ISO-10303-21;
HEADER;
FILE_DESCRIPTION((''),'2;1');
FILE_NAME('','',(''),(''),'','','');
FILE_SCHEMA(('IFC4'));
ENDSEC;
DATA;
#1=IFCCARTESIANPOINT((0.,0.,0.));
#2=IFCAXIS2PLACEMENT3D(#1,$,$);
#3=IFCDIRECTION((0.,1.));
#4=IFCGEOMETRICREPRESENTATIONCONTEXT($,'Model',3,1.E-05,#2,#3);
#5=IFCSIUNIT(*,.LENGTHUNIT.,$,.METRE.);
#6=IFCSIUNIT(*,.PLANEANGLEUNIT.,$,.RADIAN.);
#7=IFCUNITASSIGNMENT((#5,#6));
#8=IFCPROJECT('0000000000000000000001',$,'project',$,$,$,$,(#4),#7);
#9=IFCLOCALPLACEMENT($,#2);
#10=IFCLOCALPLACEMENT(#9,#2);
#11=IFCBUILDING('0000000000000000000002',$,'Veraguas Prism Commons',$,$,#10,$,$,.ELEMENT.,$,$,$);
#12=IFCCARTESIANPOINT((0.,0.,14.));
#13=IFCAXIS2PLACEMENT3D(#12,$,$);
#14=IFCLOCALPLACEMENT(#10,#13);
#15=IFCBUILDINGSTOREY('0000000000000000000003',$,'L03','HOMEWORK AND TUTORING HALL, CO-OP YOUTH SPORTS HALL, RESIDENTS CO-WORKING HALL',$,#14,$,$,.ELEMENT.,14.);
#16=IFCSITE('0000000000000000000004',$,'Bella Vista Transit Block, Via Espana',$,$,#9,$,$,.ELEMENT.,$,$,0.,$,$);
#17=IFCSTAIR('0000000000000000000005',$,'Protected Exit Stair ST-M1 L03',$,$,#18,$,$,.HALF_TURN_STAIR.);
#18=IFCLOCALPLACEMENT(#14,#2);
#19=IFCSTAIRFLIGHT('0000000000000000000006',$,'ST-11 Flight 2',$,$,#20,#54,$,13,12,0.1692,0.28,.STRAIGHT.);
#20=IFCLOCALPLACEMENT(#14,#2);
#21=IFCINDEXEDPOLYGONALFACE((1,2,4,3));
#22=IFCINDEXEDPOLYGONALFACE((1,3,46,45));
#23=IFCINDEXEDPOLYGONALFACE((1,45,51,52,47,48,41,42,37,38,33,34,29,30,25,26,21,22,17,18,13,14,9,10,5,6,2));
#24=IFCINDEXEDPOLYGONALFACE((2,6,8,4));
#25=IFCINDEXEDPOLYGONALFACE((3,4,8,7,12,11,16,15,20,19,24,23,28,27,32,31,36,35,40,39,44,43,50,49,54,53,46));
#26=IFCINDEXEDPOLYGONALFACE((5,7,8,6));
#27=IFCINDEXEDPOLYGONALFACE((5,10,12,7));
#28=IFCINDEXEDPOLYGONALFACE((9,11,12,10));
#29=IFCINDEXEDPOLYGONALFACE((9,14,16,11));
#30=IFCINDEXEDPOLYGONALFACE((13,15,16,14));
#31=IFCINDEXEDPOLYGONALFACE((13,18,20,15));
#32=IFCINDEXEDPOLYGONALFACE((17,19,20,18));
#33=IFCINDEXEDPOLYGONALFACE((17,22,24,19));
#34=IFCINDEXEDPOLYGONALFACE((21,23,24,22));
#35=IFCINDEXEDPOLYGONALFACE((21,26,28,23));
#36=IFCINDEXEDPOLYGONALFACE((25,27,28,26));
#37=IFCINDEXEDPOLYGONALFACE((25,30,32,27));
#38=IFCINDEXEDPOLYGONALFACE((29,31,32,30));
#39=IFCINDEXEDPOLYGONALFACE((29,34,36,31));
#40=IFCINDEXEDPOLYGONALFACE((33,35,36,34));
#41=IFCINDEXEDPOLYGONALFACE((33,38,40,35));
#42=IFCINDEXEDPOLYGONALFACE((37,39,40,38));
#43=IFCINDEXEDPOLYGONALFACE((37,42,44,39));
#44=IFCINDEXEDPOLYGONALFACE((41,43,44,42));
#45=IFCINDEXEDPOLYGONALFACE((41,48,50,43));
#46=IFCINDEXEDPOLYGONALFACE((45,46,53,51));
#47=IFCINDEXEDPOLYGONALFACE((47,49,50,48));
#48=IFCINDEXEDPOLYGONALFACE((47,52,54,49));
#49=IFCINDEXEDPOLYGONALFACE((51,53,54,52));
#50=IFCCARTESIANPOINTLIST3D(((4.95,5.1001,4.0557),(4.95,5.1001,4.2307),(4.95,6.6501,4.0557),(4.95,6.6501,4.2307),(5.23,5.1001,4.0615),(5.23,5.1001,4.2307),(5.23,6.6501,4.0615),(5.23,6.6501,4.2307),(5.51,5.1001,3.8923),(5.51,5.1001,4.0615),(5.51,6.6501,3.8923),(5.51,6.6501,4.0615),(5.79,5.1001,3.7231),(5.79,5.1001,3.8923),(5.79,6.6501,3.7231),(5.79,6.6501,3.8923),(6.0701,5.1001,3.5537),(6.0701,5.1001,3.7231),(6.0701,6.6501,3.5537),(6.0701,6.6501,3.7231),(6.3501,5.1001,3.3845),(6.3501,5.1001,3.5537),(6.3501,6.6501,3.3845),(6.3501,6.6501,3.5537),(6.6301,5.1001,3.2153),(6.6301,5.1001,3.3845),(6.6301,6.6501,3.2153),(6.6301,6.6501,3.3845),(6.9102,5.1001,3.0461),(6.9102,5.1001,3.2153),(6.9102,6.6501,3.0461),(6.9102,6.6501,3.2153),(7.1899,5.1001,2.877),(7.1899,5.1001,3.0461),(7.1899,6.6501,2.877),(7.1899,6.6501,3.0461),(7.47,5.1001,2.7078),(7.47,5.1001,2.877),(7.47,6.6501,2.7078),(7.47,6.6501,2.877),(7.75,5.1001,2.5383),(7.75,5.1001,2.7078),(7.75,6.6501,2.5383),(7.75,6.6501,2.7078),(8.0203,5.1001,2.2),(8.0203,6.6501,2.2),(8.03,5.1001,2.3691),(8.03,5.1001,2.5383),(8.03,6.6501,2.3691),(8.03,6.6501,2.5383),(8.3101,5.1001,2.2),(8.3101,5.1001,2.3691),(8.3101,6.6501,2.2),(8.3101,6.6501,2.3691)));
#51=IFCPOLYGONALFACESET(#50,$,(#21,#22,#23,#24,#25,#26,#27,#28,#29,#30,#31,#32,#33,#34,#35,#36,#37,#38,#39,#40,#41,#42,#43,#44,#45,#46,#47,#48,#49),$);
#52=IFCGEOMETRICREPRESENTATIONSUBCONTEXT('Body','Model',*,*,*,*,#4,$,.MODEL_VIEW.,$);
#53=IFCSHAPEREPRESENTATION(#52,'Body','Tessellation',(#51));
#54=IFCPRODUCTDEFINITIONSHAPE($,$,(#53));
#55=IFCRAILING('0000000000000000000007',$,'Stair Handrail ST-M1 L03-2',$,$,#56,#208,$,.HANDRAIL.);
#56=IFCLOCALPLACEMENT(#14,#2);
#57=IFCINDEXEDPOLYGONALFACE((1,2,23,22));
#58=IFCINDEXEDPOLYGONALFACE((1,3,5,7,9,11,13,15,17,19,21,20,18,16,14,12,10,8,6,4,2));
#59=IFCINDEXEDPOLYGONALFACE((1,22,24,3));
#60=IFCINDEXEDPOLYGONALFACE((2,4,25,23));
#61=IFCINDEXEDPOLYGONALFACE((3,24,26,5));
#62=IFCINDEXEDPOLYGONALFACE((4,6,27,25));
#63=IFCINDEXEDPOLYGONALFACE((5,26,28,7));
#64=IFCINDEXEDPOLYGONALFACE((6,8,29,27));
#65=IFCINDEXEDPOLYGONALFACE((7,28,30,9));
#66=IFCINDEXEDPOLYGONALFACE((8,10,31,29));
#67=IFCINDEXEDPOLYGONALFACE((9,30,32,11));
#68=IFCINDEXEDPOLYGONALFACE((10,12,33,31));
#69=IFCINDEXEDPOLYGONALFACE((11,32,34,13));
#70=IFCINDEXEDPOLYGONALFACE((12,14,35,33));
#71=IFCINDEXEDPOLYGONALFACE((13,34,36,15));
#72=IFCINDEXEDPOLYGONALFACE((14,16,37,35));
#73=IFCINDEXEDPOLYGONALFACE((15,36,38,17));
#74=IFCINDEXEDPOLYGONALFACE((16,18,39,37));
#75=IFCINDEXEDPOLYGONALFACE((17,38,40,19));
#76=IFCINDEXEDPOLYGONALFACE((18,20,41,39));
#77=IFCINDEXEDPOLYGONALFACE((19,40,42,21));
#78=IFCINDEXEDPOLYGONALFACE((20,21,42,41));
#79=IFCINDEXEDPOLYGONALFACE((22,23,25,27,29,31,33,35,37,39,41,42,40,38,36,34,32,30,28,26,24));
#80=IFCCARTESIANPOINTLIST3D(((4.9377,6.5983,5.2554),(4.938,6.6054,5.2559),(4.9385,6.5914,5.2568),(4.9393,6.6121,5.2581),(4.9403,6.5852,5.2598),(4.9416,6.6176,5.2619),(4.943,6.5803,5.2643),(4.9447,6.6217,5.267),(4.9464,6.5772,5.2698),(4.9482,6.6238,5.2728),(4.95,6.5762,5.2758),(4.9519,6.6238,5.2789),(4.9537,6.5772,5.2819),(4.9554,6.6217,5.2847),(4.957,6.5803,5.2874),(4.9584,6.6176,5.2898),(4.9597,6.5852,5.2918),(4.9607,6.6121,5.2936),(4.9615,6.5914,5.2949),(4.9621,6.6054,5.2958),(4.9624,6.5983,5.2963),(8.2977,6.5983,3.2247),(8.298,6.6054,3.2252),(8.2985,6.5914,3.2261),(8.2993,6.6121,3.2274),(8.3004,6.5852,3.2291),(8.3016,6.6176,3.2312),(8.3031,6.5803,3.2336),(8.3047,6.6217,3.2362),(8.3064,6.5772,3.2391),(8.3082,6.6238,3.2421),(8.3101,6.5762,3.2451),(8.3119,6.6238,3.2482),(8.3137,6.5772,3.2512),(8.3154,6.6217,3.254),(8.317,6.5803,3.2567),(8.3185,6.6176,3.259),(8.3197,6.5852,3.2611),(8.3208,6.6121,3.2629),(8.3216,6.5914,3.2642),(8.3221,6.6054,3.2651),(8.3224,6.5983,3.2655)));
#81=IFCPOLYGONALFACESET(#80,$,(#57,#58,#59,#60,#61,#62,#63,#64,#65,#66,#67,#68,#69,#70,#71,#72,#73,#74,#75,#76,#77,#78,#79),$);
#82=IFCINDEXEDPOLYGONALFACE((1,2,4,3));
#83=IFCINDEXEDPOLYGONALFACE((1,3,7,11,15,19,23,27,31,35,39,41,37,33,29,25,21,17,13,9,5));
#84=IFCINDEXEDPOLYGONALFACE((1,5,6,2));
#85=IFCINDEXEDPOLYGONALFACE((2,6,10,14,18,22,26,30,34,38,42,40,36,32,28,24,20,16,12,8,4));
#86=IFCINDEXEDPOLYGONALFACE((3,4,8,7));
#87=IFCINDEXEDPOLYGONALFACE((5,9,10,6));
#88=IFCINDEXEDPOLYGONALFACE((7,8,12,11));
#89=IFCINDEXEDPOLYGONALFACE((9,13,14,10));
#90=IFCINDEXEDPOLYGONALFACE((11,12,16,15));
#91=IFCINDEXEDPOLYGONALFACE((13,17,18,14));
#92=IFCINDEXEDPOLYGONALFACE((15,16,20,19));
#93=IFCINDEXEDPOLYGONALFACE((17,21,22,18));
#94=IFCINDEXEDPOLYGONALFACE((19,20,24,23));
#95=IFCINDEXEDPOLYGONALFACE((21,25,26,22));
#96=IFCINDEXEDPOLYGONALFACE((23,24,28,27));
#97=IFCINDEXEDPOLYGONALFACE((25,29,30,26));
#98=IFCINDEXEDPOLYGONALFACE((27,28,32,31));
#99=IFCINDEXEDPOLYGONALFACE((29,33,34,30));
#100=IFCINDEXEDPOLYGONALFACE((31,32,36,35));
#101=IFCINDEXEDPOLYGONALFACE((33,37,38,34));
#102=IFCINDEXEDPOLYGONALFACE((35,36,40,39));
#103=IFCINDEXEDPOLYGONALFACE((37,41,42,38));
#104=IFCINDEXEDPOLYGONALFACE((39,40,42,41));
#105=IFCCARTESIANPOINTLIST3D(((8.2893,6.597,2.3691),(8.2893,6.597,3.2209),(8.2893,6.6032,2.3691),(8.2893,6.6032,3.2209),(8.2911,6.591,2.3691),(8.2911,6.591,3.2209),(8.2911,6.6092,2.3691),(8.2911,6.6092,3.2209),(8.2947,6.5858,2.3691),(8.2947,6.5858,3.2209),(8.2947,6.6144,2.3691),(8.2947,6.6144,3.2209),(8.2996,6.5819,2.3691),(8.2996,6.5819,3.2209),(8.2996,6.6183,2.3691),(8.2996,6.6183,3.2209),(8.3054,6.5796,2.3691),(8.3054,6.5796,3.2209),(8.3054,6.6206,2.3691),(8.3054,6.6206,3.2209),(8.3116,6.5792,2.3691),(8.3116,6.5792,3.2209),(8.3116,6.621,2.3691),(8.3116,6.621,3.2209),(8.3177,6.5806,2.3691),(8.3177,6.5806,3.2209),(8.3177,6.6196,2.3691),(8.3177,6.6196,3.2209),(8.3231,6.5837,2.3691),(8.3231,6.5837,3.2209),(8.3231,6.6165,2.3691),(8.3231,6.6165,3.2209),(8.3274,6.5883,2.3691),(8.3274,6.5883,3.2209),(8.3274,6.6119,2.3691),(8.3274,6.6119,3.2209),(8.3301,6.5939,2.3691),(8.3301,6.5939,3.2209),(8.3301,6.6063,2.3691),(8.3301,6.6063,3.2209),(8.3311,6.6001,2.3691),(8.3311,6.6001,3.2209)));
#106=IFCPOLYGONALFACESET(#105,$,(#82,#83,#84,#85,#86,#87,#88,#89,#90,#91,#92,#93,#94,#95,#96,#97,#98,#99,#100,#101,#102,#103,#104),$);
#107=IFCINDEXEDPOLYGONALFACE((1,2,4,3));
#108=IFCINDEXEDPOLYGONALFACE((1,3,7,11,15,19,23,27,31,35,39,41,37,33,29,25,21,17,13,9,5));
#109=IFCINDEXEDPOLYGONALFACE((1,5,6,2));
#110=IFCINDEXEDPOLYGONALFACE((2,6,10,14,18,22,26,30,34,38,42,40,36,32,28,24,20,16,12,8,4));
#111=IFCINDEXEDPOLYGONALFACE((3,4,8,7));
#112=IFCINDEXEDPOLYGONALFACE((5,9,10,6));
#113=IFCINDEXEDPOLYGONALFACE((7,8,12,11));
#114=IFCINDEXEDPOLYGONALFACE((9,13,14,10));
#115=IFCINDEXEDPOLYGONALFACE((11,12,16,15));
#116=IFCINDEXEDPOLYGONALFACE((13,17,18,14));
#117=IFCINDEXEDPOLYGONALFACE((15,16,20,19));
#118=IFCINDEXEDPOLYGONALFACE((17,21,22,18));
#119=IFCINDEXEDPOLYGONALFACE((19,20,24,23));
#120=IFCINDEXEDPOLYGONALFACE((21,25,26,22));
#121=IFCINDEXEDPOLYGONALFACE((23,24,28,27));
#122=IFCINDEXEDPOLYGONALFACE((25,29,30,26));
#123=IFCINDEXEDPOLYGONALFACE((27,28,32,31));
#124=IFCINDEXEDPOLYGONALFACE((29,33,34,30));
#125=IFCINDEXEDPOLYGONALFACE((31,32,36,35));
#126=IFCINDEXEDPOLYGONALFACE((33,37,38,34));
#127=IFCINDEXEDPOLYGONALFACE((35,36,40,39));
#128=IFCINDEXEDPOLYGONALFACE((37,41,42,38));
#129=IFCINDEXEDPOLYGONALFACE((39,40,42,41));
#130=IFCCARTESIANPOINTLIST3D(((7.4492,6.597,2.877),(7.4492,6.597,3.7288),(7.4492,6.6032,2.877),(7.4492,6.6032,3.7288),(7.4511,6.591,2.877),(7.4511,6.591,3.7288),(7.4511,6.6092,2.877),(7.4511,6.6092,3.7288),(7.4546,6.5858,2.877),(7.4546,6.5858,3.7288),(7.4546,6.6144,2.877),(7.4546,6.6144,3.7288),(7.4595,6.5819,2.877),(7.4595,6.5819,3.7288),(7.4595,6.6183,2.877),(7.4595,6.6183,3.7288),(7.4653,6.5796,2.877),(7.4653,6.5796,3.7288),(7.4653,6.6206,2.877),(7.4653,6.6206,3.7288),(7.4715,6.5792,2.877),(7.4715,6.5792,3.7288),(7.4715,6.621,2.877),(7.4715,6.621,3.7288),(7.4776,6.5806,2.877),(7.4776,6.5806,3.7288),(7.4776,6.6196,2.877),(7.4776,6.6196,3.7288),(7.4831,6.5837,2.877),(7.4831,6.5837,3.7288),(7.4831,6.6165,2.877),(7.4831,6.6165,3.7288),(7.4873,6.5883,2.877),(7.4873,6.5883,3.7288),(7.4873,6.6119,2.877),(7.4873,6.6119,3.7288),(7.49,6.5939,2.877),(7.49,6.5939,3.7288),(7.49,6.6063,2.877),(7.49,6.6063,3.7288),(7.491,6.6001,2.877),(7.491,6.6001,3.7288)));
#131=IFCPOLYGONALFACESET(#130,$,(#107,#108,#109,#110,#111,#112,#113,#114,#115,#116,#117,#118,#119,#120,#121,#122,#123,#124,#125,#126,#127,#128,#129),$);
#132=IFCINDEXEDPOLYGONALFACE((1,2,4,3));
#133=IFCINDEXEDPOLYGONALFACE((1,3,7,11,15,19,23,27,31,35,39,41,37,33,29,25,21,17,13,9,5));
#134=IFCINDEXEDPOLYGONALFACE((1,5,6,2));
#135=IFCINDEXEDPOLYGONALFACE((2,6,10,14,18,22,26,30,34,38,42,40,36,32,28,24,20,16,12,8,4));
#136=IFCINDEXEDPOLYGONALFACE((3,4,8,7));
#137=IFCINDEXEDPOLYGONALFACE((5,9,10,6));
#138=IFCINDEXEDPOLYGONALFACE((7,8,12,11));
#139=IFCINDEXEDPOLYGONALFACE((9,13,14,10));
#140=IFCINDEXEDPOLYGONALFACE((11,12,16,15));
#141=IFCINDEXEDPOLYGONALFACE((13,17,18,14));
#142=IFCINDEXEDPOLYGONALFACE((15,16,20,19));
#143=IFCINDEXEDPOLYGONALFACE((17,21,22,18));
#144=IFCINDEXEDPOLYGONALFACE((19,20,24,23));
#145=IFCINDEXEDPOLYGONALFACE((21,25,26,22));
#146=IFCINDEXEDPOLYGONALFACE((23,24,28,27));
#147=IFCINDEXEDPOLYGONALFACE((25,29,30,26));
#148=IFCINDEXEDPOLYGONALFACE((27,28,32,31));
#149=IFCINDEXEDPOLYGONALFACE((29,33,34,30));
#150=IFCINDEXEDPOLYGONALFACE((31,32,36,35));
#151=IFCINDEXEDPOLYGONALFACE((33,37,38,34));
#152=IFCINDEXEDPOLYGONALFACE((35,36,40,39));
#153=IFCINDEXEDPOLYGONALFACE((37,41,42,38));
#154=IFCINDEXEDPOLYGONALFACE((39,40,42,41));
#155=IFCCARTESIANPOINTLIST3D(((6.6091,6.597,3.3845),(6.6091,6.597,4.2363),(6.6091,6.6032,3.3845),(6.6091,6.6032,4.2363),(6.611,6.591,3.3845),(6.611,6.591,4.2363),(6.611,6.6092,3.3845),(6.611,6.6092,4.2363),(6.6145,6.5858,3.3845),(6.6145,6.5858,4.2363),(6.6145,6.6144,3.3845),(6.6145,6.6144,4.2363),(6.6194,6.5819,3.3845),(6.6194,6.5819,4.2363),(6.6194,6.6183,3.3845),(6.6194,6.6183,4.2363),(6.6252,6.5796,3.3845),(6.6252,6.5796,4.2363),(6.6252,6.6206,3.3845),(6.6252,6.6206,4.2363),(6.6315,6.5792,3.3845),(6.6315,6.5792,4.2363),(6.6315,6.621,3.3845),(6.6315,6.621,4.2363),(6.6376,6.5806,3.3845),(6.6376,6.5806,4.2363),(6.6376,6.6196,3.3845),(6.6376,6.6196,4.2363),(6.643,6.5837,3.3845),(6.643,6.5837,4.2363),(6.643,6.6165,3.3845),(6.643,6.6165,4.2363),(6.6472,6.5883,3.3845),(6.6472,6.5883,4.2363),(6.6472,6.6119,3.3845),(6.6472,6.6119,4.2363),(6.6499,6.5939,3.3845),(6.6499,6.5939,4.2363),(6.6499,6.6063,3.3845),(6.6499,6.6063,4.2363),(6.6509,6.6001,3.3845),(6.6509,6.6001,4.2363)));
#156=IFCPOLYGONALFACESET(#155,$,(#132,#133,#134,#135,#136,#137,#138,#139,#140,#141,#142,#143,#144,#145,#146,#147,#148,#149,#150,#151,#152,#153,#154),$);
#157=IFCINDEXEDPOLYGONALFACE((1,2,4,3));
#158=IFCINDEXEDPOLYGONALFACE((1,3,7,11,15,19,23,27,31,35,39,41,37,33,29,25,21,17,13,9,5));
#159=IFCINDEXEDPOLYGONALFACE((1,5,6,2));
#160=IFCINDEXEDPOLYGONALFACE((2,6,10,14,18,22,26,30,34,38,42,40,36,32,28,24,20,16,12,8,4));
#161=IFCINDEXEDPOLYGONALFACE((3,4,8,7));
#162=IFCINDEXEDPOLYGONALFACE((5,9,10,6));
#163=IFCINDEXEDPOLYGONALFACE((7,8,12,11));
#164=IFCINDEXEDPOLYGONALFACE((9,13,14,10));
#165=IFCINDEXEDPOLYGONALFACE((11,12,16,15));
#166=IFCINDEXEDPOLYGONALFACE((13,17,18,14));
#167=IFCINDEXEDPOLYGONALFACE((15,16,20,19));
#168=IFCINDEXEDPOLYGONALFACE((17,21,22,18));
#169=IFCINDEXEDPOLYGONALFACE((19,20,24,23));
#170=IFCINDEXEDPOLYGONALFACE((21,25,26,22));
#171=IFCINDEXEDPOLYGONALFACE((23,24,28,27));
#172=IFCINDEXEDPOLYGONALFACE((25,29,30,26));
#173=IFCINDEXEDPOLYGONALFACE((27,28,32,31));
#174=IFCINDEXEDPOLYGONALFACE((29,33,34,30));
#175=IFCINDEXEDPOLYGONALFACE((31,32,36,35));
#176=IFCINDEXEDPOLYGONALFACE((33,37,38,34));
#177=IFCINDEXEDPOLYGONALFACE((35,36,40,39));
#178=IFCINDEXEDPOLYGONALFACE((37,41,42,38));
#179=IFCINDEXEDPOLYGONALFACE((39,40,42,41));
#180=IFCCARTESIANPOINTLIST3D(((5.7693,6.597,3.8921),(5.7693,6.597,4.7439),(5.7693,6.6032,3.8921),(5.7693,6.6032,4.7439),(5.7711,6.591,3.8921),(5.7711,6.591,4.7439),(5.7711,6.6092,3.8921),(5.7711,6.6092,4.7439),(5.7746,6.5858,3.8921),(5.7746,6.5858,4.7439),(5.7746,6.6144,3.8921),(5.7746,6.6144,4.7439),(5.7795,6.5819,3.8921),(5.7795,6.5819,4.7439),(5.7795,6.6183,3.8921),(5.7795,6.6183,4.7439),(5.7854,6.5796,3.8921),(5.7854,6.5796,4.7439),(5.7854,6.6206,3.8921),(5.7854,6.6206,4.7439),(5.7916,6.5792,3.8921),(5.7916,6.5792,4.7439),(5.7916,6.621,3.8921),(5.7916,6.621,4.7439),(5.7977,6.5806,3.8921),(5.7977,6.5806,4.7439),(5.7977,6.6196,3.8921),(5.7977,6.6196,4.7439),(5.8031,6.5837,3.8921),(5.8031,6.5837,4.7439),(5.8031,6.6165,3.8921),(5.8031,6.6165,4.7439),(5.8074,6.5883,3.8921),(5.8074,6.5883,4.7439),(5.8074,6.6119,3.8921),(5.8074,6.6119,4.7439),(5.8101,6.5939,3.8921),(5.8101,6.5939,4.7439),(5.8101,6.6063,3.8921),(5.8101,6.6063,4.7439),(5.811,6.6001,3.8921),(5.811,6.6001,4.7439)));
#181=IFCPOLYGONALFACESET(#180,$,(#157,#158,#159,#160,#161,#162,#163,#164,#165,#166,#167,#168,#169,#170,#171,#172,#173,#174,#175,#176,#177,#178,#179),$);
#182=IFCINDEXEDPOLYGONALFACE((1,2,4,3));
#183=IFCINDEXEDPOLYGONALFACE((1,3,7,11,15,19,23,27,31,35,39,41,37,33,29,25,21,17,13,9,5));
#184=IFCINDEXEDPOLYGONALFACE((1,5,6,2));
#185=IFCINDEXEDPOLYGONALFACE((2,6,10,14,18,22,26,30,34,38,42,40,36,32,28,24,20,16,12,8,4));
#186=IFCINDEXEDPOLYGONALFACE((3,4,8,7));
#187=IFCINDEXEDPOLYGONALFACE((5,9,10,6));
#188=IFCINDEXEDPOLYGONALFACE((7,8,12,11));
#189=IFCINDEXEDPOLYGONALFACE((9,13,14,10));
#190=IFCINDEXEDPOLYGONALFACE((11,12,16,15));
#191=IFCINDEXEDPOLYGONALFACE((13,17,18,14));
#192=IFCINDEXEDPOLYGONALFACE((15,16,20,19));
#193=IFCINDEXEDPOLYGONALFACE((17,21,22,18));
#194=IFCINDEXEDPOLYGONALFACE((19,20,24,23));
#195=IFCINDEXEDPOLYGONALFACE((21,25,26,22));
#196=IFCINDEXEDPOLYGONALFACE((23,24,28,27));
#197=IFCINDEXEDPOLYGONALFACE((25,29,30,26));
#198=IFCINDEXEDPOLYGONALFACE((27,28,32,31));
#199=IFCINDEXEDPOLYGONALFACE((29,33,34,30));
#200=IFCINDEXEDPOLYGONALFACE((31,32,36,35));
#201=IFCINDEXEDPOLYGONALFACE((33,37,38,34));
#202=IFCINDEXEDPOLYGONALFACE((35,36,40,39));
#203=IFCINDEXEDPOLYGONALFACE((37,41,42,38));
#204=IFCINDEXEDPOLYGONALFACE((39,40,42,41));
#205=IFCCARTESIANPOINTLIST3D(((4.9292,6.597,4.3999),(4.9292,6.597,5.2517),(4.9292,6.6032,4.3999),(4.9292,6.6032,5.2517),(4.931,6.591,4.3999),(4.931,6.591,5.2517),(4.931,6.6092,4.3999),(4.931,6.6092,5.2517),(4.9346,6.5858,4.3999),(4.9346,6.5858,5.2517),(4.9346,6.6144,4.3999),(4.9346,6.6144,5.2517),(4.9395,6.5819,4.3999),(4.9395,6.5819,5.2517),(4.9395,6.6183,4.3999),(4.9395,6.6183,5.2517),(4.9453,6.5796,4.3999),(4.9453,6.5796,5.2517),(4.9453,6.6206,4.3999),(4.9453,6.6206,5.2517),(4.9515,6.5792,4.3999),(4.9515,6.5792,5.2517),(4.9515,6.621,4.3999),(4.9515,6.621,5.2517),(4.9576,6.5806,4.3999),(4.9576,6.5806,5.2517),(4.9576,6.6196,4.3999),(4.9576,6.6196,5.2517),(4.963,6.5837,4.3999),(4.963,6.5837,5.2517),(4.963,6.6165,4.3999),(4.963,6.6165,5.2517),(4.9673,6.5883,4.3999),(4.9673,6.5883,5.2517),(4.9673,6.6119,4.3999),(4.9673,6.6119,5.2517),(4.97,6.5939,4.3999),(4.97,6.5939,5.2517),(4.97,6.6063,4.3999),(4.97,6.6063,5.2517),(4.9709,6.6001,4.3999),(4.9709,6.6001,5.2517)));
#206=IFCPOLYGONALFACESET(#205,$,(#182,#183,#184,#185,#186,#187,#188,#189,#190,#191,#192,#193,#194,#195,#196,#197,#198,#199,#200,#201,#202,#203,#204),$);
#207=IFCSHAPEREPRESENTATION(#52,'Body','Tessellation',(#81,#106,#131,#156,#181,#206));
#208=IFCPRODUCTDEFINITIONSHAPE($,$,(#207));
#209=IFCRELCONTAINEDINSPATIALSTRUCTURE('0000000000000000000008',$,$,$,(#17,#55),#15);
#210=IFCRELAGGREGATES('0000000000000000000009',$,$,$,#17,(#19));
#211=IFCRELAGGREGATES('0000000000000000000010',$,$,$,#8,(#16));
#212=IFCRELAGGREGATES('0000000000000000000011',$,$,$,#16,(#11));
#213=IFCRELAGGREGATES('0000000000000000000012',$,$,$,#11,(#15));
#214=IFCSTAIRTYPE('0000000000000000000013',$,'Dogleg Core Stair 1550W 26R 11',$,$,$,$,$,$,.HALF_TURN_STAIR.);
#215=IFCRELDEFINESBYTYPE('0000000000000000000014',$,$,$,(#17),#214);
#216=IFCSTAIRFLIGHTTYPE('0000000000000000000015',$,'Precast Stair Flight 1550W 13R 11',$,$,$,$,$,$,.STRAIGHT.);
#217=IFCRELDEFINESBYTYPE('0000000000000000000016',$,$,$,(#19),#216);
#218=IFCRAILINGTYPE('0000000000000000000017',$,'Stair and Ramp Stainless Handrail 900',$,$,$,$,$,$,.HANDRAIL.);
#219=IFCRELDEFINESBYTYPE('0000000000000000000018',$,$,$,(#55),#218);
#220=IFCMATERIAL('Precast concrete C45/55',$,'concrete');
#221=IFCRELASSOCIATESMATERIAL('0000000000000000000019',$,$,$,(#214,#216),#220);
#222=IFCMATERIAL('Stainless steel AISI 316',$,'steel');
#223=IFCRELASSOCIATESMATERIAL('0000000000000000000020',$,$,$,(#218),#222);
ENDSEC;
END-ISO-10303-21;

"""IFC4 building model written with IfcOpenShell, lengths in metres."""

from ifc_helpers import new_model, si_unit, direction, frame, origin, origin_2d, place, context, subcontext, project, spatial, polyline, circle, outline, extrude, material, type_object, element, aggregate, save


model = new_model("IFC4")

# Units and contexts
model_context = context("Model", 3, precision=1e-05, world=origin(), true_north=direction((0.0, 1.0)))
body_context = subcontext(model_context, "Body", "Model", "MODEL_VIEW")
ifc_project = project(units=[si_unit("LENGTHUNIT", "METRE"), si_unit("PLANEANGLEUNIT", "RADIAN")], contexts=[model_context])

# Site, building, storey
site_placement = place(None, origin())
site = spatial("IfcSite", under=ifc_project, at=site_placement, Name="Bella Vista Transit Block, Via Espana", CompositionType="ELEMENT", RefElevation=0.0)
building_placement = place(site_placement, origin())
building = spatial("IfcBuilding", under=site, at=building_placement, Name="Veraguas Prism Commons", CompositionType="ELEMENT")
storey_placement = place(building_placement, frame((0.0, 0.0, 14.0)))
storey = spatial("IfcBuildingStorey", under=building, at=storey_placement, Name="L03", Description="HOMEWORK AND TUTORING HALL, CO-OP YOUTH SPORTS HALL, RESIDENTS CO-WORKING HALL", CompositionType="ELEMENT", Elevation=14.0)

# Stair, stair flight
ifc_material_1 = material(Name="Precast concrete C45/55", Category="concrete")
stair_type = type_object("IfcStairType", Name="Dogleg Core Stair 1550W 26R 11", PredefinedType="HALF_TURN_STAIR", material=ifc_material_1)
stair_placement = place(storey_placement, origin())
stair = element("IfcStair", 1, at=stair_placement, inside=storey, type_object=stair_type, Name="Protected Exit Stair ST-M1 L03", PredefinedType="HALF_TURN_STAIR")
stair_flight_type = type_object("IfcStairFlightType", Name="Precast Stair Flight 1550W 13R 11", PredefinedType="STRAIGHT", material=ifc_material_1)
stair_flight_placement = place(storey_placement, frame((8.3101, 5.875, 2.2), z_axis=(0.0, 0.0, 1.0), x_axis=(-1.0, 0.0, 0.0)))
stair_flight = element("IfcStairFlight", 2, at=stair_flight_placement, type_object=stair_flight_type, Name="ST-11 Flight 2", NumberOfRisers=13, NumberOfTreads=12, PredefinedType="STRAIGHT", RiserHeight=0.1692, TreadLength=0.28, context=body_context, shape_type="SweptSolid", body=[
    extrude(outline(polyline([(0.0, 0.0), (0.0, 0.1692), (0.28, 0.1692), (0.28, 0.3384), (0.5601, 0.3384), (0.5601, 0.5078), (0.8401, 0.5078), (0.8401, 0.677), (1.1201, 0.677), (1.1201, 0.8462), (1.3999, 0.8462), (1.3999, 1.0154), (1.6799, 1.0154), (1.6799, 1.1846), (1.96, 1.1846), (1.96, 1.3538), (2.24, 1.3538), (2.24, 1.5232), (2.52, 1.5232), (2.52, 1.6924), (2.8, 1.6924), (2.8, 1.8616), (3.0801, 1.8616), (3.0801, 2.0308), (3.3601, 2.0308), (3.3601, 2.2), (3.3601, 1.8557), (0.2898, 0.0), (0.0, 0.0)])), frame((0.0, 0.7749, 0.0), z_axis=(0.0, -1.0, 0.0), x_axis=(1.0, 0.0, 0.0)), (0.0, 0.0, 1.0), 1.55),
])
aggregate(stair, [stair_flight])

# Railing
ifc_material_2 = material(Name="Stainless steel AISI 316", Category="steel")
railing_type_1 = type_object("IfcRailingType", Name="Stair and Ramp Stainless Handrail 900", PredefinedType="HANDRAIL", material=ifc_material_2)
railing_1_placement = place(storey_placement, frame((8.3101, 6.6001, 2.3691)))
element("IfcRailing", 3, at=railing_1_placement, inside=storey, type_object=railing_type_1, Name="Stair Handrail ST-M1 L03-2", PredefinedType="HANDRAIL", context=body_context, shape_type="SweptSolid", body=[
    extrude(circle(Radius=0.0239, at=origin_2d()), frame((0.0, 0.0, 0.876), z_axis=(-0.855837, 0.0, 0.517246), x_axis=(0.0, -1.0, 0.0)), (0.0, 0.0, 1.0), 3.926),
    extrude(circle(Radius=0.021, at=origin_2d()), origin(), (0.0, 0.0, 1.0), 0.8518),
    extrude(circle(Radius=0.021, at=origin_2d()), frame((-0.8401, 0.0, 0.5078)), (0.0, 0.0, 1.0), 0.8518),
    extrude(circle(Radius=0.021, at=origin_2d()), frame((-1.6802, 0.0, 1.0154)), (0.0, 0.0, 1.0), 0.8518),
    extrude(circle(Radius=0.021, at=origin_2d()), frame((-2.52, 0.0, 1.5229)), (0.0, 0.0, 1.0), 0.8518),
    extrude(circle(Radius=0.021, at=origin_2d()), frame((-3.3601, 0.0, 2.0308)), (0.0, 0.0, 1.0), 0.8518),
])

save(model, "model.ifc")
